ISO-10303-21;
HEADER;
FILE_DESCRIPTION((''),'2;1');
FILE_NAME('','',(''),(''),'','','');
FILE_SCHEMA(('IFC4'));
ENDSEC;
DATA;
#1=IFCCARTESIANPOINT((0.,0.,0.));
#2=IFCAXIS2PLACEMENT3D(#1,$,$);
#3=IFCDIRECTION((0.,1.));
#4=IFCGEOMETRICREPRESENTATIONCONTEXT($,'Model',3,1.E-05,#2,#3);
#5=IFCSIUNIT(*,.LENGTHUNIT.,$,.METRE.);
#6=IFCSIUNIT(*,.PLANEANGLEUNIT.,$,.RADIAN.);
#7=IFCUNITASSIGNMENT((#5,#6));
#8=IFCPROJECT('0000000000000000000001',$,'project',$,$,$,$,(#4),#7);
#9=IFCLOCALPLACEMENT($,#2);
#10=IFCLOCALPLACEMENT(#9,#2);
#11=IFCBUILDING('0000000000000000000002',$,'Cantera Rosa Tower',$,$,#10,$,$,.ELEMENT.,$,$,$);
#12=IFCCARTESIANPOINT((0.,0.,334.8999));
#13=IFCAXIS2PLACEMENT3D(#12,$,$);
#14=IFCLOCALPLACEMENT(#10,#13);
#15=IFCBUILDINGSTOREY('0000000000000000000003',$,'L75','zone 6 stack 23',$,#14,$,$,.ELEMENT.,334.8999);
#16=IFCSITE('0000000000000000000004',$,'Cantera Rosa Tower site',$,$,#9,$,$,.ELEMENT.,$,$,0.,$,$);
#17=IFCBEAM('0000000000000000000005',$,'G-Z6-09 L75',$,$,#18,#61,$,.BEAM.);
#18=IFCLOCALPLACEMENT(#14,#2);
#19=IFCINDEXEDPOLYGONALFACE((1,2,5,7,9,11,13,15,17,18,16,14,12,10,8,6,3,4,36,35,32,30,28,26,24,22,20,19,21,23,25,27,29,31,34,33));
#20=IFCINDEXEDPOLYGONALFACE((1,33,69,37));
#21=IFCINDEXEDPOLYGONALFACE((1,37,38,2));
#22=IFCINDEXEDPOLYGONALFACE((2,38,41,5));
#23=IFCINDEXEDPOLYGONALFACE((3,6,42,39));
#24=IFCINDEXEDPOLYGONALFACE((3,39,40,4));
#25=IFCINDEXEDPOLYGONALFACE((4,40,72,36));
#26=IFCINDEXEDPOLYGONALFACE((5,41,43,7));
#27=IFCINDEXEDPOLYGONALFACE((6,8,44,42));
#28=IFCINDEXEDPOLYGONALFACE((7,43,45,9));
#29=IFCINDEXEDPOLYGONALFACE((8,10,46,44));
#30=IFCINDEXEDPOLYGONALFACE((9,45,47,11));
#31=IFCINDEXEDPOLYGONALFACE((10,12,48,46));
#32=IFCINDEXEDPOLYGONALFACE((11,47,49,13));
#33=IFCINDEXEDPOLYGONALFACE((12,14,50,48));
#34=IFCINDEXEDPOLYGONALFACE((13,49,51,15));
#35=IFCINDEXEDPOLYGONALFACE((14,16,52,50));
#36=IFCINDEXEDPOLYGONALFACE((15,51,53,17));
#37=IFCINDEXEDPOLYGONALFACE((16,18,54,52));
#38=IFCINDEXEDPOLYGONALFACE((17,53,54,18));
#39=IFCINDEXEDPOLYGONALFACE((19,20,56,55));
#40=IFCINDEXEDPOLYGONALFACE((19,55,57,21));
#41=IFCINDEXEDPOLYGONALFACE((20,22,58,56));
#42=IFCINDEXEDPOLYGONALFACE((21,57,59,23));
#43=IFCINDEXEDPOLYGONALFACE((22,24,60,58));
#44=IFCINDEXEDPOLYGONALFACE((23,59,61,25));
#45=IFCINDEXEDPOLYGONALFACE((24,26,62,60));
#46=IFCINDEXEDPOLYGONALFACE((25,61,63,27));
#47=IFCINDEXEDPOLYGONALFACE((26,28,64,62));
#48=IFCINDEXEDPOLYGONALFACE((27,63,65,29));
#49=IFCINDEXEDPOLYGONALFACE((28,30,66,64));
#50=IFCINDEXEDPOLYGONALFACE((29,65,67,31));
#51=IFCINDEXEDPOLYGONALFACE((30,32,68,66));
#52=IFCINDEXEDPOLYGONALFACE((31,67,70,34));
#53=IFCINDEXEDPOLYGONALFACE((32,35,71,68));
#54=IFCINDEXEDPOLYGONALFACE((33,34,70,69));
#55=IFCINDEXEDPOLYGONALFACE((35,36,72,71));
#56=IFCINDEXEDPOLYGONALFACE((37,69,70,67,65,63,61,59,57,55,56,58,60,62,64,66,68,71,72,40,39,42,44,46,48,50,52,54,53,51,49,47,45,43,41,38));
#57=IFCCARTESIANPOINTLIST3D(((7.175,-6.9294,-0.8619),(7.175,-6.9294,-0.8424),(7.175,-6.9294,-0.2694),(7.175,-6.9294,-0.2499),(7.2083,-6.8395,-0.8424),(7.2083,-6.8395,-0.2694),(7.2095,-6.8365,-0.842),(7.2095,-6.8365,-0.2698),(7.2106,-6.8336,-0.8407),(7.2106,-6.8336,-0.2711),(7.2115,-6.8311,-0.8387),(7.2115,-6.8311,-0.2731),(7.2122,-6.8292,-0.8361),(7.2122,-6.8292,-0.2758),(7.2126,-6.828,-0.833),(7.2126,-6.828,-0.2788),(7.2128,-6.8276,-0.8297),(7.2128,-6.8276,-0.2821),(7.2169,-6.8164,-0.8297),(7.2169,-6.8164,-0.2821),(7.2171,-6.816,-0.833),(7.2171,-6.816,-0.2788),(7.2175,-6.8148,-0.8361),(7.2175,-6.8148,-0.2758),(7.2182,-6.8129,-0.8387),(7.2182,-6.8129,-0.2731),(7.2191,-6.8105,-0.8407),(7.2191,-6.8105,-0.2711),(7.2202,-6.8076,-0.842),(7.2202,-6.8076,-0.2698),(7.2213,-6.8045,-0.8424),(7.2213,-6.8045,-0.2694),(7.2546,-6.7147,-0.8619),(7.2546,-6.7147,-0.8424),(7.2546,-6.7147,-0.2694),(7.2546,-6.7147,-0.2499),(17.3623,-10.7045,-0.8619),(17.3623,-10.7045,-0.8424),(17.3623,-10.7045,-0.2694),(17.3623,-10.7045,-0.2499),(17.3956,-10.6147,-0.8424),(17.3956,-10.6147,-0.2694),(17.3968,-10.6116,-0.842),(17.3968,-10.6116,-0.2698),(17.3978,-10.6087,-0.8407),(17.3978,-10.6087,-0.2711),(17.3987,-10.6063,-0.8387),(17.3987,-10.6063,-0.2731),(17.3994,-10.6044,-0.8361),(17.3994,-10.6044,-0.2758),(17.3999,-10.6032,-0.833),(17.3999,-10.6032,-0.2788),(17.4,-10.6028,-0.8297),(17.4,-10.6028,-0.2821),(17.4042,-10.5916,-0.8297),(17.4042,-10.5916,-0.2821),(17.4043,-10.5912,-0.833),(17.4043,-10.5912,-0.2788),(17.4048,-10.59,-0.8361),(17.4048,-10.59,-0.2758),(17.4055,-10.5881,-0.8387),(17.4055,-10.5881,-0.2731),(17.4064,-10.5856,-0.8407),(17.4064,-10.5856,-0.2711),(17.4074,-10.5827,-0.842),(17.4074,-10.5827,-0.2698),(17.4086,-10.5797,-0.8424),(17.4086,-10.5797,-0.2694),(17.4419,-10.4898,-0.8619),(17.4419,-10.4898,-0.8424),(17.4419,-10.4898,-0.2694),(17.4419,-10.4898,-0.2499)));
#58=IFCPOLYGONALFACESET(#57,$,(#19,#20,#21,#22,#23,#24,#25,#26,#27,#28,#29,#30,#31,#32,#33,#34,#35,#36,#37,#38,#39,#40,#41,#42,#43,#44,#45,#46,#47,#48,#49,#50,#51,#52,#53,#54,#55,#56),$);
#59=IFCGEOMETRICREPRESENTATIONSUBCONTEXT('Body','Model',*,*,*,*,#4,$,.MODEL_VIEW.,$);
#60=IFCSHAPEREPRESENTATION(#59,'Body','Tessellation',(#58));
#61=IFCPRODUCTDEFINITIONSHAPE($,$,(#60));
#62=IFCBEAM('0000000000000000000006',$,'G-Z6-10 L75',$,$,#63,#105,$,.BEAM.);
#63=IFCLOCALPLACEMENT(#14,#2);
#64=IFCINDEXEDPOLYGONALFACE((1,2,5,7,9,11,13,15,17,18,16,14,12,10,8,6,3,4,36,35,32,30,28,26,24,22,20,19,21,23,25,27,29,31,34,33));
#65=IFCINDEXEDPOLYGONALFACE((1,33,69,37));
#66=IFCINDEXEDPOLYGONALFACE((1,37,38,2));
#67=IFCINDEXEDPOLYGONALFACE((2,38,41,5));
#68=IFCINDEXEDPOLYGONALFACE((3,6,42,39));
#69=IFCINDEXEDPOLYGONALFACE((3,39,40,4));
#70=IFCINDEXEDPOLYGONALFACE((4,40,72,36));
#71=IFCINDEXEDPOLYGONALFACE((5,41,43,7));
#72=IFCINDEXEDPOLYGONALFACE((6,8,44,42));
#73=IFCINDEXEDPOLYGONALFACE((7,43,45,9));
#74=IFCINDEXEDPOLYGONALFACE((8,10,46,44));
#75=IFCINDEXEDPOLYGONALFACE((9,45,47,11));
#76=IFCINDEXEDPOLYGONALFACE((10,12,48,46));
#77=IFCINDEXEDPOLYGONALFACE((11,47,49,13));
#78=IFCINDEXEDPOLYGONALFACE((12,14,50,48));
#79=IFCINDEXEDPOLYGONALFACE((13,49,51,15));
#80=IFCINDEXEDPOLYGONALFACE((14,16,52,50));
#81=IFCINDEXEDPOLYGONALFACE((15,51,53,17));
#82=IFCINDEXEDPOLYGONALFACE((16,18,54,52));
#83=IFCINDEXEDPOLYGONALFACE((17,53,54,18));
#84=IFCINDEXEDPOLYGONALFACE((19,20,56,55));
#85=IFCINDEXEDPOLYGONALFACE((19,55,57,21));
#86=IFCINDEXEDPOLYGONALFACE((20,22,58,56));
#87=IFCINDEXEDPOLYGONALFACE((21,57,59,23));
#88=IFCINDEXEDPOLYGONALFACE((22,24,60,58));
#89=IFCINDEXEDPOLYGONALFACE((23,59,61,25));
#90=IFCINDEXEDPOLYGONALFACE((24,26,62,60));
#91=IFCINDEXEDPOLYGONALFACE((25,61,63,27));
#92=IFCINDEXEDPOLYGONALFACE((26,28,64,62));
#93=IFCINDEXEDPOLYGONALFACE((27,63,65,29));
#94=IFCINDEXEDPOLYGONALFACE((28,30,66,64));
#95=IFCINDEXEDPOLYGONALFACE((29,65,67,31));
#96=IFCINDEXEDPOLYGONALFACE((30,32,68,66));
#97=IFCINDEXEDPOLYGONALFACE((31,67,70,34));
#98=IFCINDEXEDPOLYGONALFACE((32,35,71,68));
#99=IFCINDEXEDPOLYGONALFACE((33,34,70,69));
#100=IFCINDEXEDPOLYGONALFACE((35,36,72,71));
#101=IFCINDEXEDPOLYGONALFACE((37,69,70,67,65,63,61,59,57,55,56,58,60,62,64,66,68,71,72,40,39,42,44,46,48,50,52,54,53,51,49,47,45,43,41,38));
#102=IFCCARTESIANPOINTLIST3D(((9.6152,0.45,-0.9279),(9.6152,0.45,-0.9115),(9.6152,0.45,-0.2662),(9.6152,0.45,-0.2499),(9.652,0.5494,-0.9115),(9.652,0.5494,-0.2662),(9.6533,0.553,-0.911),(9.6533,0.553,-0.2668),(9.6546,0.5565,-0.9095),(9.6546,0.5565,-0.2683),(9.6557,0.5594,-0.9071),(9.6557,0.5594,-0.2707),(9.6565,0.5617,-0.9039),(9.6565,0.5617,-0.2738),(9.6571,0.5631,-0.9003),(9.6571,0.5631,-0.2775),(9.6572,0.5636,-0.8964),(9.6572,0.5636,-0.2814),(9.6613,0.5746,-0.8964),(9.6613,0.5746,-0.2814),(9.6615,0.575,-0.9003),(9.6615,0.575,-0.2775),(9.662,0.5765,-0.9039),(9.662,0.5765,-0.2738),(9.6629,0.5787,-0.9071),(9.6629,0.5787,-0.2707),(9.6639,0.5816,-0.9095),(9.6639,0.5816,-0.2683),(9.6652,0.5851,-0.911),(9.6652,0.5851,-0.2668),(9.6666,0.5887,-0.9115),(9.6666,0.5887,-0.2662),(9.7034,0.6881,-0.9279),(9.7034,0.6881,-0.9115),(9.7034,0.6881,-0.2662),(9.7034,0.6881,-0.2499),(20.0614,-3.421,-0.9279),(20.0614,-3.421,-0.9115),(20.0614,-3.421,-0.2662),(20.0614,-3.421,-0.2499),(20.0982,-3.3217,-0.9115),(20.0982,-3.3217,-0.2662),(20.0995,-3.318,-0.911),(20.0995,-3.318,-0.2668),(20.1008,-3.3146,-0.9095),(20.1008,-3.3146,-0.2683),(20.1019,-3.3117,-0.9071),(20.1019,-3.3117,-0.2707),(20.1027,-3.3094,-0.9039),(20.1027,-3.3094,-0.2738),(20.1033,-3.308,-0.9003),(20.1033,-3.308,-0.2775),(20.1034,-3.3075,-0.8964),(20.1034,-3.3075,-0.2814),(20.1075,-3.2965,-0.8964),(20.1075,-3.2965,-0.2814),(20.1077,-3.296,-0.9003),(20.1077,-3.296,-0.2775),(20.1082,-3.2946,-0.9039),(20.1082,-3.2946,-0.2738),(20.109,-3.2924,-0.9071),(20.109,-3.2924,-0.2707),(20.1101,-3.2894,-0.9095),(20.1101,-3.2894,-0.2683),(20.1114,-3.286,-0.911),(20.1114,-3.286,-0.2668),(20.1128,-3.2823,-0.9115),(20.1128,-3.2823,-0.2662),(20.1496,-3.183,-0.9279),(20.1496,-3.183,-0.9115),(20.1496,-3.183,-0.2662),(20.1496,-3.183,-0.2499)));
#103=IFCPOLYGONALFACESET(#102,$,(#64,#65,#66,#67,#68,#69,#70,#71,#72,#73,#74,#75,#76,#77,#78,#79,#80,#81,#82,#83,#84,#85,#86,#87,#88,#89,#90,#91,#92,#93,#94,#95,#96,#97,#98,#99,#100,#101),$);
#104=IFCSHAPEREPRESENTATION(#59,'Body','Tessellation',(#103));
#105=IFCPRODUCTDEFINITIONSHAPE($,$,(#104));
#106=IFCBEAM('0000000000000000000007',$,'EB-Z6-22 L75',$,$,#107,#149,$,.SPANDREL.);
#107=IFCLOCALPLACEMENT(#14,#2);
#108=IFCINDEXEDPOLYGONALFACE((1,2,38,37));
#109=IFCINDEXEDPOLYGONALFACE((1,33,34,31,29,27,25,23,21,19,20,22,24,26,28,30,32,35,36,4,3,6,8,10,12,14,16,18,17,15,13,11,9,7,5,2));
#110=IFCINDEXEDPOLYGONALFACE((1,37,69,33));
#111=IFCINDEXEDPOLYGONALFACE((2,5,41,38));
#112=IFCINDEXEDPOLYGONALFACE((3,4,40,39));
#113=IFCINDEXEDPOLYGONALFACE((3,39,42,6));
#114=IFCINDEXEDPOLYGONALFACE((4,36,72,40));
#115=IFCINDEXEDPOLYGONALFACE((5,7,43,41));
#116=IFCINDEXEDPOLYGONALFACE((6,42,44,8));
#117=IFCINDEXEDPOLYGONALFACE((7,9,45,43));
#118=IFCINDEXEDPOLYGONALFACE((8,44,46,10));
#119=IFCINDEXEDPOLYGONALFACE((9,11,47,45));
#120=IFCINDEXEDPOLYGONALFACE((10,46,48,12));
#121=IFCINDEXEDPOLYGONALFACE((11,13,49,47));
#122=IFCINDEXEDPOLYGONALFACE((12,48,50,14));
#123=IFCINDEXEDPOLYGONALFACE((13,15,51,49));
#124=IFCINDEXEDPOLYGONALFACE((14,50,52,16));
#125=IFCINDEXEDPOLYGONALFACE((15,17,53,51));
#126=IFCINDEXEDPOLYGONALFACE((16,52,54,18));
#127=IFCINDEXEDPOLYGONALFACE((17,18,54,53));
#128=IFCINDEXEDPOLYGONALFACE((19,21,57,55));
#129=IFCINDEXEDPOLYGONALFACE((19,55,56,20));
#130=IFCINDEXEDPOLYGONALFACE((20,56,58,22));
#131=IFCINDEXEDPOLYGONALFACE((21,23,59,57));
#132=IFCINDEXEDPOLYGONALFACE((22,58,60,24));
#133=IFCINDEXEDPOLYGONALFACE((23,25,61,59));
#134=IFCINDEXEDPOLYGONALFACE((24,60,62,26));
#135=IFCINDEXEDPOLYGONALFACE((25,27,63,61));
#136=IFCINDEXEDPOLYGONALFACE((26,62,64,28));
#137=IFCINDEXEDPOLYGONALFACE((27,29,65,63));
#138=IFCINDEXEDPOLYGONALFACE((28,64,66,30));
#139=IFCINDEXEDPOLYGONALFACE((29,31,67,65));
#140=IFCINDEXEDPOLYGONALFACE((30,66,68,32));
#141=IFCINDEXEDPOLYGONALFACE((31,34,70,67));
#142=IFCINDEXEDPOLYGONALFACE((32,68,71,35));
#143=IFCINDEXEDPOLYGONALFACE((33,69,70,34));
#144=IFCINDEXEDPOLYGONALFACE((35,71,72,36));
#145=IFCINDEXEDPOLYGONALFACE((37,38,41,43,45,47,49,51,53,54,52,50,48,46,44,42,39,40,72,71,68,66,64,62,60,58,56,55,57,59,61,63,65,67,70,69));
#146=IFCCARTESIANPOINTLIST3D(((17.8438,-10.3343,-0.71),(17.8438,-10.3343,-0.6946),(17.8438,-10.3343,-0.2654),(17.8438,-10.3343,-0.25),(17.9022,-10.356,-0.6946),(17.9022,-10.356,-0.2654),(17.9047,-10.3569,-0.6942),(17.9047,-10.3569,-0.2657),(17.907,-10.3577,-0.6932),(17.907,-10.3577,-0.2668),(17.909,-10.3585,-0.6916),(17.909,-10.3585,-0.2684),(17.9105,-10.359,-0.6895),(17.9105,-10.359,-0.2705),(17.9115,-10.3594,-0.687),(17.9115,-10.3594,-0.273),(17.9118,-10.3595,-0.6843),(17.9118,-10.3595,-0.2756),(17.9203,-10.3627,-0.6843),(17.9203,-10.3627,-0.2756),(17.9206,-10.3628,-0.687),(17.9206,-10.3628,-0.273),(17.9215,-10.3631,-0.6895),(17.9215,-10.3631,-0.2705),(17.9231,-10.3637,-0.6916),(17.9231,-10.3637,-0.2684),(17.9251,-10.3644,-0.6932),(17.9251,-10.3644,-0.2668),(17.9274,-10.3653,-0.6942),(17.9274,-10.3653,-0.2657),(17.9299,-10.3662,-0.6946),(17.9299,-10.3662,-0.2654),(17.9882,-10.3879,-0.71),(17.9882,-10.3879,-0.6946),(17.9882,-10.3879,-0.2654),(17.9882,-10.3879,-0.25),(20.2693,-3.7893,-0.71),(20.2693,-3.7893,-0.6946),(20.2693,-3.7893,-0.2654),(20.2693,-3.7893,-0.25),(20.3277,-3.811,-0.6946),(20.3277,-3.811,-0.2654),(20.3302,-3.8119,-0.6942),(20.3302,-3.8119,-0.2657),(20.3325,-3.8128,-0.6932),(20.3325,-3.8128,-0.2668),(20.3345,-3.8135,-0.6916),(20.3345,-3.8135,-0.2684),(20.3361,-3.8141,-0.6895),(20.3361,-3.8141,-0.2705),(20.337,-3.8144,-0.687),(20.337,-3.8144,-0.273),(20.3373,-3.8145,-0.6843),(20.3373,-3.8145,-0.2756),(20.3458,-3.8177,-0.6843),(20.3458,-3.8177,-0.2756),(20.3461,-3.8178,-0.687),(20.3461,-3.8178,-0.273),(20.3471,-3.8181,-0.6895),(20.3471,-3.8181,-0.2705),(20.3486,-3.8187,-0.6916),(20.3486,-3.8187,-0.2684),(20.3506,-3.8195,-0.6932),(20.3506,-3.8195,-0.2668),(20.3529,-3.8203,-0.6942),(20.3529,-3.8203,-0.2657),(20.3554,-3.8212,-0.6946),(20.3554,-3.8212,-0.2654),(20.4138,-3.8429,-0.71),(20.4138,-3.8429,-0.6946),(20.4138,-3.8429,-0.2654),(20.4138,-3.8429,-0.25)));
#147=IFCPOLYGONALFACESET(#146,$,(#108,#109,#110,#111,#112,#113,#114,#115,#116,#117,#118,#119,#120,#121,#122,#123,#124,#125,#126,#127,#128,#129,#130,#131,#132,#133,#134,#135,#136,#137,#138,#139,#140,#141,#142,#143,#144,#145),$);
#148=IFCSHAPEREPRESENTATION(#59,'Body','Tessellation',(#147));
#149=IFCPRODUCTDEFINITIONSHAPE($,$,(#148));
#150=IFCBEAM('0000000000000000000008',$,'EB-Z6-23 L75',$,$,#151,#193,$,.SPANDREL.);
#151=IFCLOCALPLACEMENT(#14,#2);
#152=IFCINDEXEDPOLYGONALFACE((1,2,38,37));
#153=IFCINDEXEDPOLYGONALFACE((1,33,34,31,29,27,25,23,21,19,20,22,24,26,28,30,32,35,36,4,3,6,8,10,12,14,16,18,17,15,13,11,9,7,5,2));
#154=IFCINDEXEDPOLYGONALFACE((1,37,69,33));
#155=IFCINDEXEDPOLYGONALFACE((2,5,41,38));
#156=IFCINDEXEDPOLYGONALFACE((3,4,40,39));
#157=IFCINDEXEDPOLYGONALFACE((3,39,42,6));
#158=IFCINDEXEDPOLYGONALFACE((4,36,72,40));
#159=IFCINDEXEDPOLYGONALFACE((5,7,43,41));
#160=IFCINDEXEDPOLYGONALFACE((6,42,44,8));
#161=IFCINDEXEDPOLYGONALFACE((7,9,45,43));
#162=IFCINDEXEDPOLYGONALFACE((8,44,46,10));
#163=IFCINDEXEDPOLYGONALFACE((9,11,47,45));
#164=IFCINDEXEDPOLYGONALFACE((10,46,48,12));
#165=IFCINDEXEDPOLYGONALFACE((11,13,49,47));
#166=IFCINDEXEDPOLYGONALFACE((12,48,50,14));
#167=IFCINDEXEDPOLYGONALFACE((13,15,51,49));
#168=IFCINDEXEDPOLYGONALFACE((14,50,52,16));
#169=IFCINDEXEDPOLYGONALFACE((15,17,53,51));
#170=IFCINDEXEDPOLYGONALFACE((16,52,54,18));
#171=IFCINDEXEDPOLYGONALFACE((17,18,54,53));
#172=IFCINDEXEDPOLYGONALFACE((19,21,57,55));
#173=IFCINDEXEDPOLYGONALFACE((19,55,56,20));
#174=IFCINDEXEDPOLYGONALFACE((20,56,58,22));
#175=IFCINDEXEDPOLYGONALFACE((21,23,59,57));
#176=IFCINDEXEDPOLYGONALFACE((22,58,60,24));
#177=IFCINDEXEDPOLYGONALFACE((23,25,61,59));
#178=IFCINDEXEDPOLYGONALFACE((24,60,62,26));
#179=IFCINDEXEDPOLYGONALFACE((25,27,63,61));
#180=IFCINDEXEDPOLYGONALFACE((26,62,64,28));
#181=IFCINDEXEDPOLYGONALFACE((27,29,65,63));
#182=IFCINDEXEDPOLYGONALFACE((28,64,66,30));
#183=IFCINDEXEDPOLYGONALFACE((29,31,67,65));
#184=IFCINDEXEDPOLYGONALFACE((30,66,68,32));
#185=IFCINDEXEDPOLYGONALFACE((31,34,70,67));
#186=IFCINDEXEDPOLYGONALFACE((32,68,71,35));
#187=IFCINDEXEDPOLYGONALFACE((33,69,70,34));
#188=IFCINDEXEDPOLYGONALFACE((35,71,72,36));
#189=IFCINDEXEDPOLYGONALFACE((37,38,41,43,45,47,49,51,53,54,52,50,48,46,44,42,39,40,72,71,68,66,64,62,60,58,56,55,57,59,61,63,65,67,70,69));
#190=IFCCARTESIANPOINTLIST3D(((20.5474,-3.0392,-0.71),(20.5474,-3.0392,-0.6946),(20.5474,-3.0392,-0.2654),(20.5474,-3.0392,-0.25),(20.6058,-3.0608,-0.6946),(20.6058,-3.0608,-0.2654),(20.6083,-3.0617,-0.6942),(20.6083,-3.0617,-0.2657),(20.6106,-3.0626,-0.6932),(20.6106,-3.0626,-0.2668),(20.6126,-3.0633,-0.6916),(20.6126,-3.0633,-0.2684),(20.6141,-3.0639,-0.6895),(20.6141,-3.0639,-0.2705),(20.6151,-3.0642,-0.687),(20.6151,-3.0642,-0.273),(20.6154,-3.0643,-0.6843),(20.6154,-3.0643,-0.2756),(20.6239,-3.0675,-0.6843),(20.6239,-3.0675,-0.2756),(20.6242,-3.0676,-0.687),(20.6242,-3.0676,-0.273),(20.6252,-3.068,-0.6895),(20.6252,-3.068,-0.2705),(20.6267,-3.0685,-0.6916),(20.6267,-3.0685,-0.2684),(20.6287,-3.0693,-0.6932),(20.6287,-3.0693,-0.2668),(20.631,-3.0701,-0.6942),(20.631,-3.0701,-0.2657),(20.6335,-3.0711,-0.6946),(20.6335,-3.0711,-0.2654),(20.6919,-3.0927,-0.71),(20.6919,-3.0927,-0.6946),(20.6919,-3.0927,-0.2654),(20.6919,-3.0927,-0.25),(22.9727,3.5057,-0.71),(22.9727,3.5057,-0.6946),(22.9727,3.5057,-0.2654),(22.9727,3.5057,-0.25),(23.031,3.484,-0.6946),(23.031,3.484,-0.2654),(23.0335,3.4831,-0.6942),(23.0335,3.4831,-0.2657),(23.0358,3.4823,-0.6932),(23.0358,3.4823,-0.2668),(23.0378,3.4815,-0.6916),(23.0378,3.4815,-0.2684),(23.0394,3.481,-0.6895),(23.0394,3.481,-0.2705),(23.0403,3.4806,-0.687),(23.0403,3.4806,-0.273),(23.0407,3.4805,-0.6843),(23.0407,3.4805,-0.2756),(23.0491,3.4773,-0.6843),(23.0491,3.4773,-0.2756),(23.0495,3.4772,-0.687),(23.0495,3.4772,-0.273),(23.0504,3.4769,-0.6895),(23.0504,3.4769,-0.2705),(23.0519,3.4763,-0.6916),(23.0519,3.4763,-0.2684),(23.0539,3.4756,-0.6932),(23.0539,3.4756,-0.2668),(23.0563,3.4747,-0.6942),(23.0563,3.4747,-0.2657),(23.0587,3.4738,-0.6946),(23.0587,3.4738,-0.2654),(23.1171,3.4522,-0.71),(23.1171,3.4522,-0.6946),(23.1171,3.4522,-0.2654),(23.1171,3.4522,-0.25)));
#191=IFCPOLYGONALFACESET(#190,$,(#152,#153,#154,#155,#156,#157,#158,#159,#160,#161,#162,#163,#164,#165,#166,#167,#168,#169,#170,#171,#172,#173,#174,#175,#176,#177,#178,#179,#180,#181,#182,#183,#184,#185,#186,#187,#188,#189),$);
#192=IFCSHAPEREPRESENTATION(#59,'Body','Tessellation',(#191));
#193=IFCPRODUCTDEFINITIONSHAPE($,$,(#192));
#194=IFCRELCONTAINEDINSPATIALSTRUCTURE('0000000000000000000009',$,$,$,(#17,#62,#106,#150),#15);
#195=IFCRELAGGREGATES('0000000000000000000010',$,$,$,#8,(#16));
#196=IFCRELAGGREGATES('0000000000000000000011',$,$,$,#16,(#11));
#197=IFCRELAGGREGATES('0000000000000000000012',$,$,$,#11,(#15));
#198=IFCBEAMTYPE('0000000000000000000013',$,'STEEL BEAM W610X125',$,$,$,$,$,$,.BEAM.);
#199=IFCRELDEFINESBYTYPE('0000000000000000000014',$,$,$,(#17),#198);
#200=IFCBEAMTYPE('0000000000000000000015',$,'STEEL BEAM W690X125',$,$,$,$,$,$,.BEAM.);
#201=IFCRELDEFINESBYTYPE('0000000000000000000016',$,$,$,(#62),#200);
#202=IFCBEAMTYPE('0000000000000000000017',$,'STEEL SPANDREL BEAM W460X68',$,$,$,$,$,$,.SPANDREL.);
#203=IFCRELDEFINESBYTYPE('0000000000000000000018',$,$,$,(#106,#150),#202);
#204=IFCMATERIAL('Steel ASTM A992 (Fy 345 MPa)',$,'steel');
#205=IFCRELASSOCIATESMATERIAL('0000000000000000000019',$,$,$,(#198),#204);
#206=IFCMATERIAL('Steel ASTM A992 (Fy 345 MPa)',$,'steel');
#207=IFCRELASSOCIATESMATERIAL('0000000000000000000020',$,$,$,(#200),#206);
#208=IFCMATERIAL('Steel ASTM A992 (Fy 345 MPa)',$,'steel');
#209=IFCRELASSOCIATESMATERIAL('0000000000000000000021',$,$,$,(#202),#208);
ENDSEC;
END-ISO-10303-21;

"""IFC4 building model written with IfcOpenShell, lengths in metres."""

from ifc_helpers import new_model, si_unit, direction, frame, origin, origin_2d, place, context, subcontext, project, spatial, i_section, extrude, material, material_profile, profile_set, type_object, element, save


model = new_model("IFC4")

# Units and contexts
model_context = context("Model", 3, precision=1e-05, world=origin(), true_north=direction((0.0, 1.0)))
body_context = subcontext(model_context, "Body", "Model", "MODEL_VIEW")
ifc_project = project(units=[si_unit("LENGTHUNIT", "METRE"), si_unit("PLANEANGLEUNIT", "RADIAN")], contexts=[model_context])

# Site, building, storey
site_placement = place(None, origin())
site = spatial("IfcSite", under=ifc_project, at=site_placement, Name="Cantera Rosa Tower site", CompositionType="ELEMENT", RefElevation=0.0)
building_placement = place(site_placement, origin())
building = spatial("IfcBuilding", under=site, at=building_placement, Name="Cantera Rosa Tower", CompositionType="ELEMENT")
storey_placement = place(building_placement, frame((0.0, 0.0, 334.8999)))
storey = spatial("IfcBuildingStorey", under=building, at=storey_placement, Name="L75", Description="zone 6 stack 23", CompositionType="ELEMENT", Elevation=334.8999)

# Beams
ifc_material_1 = material(Name="Steel ASTM A992 (Fy 345 MPa)", Category="steel")
ifc_material_profile_1 = material_profile(ifc_material_1, i_section(OverallWidth=0.229, OverallDepth=0.6121, WebThickness=0.012, FlangeThickness=0.0195, FilletRadius=0.0127, at=origin_2d()), Name="W610X125")
ifc_profile_set_1 = profile_set([ifc_material_profile_1], Name="Steel ASTM A992 (Fy 345 MPa)")
beam_type_1 = type_object("IfcBeamType", Name="STEEL BEAM W610X125", PredefinedType="BEAM", material=ifc_profile_set_1)
beam_1_placement = place(storey_placement, frame((17.4021, -10.5972, -0.5559), z_axis=(-0.937686, 0.347483, 0.0), x_axis=(-0.347483, -0.937686, 0.0)))
element("IfcBeam", 1, at=beam_1_placement, inside=storey, type_object=beam_type_1, Name="G-Z6-09 L75", PredefinedType="BEAM", context=body_context, shape_type="SweptSolid", body=[
    extrude(i_section(OverallWidth=0.229, OverallDepth=0.6121, WebThickness=0.012, FlangeThickness=0.0195, FilletRadius=0.0127, at=origin_2d()), origin(), (0.0, 0.0, 1.0), 10.8643),
])
ifc_material_2 = material(Name="Steel ASTM A992 (Fy 345 MPa)", Category="steel")
ifc_material_profile_2 = material_profile(ifc_material_2, i_section(OverallWidth=0.2539, OverallDepth=0.678, WebThickness=0.0117, FlangeThickness=0.0164, FilletRadius=0.0151, at=origin_2d()), Name="W690X125")
ifc_profile_set_2 = profile_set([ifc_material_profile_2], Name="Steel ASTM A992 (Fy 345 MPa)")
beam_type_2 = type_object("IfcBeamType", Name="STEEL BEAM W690X125", PredefinedType="BEAM", material=ifc_profile_set_2)
beam_2_placement = place(storey_placement, frame((20.1055, -3.302, -0.5889), z_axis=(-0.937687, 0.34748, 0.0), x_axis=(-0.34748, -0.937687, 0.0)))
element("IfcBeam", 2, at=beam_2_placement, inside=storey, type_object=beam_type_2, Name="G-Z6-10 L75", PredefinedType="BEAM", context=body_context, shape_type="SweptSolid", body=[
    extrude(i_section(OverallWidth=0.2539, OverallDepth=0.678, WebThickness=0.0117, FlangeThickness=0.0164, FilletRadius=0.0151, at=origin_2d()), origin(), (0.0, 0.0, 1.0), 11.1404),
])
ifc_material_3 = material(Name="Steel ASTM A992 (Fy 345 MPa)", Category="steel")
ifc_material_profile_3 = material_profile(ifc_material_3, i_section(OverallWidth=0.1541, OverallDepth=0.46, WebThickness=0.009, FlangeThickness=0.0154, FilletRadius=0.0103, at=origin_2d()), Name="W460X68")
ifc_profile_set_3 = profile_set([ifc_material_profile_3], Name="Steel ASTM A992 (Fy 345 MPa)")
beam_type_3 = type_object("IfcBeamType", Name="STEEL SPANDREL BEAM W460X68", PredefinedType="SPANDREL", material=ifc_profile_set_3)
beam_3_placement = place(storey_placement, frame((17.916, -10.3611, -0.48), z_axis=(0.347502, 0.937679, 0.0), x_axis=(-0.937679, 0.347502, 0.0)))
element("IfcBeam", 3, at=beam_3_placement, inside=storey, type_object=beam_type_3, Name="EB-Z6-22 L75", PredefinedType="SPANDREL", context=body_context, shape_type="SweptSolid", body=[
    extrude(i_section(OverallWidth=0.1541, OverallDepth=0.46, WebThickness=0.009, FlangeThickness=0.0154, FilletRadius=0.0103, at=origin_2d()), origin(), (0.0, 0.0, 1.0), 6.98),
])
beam_4_placement = place(storey_placement, frame((20.6196, -3.0659, -0.48), z_axis=(0.347472, 0.937691, 0.0), x_axis=(-0.937691, 0.347472, 0.0)))
element("IfcBeam", 4, at=beam_4_placement, inside=storey, type_object=beam_type_3, Name="EB-Z6-23 L75", PredefinedType="SPANDREL", context=body_context, shape_type="SweptSolid", body=[
    extrude(i_section(OverallWidth=0.1541, OverallDepth=0.46, WebThickness=0.009, FlangeThickness=0.0154, FilletRadius=0.0103, at=origin_2d()), origin(), (0.0, 0.0, 1.0), 6.9797),
])

save(model, "model.ifc")
